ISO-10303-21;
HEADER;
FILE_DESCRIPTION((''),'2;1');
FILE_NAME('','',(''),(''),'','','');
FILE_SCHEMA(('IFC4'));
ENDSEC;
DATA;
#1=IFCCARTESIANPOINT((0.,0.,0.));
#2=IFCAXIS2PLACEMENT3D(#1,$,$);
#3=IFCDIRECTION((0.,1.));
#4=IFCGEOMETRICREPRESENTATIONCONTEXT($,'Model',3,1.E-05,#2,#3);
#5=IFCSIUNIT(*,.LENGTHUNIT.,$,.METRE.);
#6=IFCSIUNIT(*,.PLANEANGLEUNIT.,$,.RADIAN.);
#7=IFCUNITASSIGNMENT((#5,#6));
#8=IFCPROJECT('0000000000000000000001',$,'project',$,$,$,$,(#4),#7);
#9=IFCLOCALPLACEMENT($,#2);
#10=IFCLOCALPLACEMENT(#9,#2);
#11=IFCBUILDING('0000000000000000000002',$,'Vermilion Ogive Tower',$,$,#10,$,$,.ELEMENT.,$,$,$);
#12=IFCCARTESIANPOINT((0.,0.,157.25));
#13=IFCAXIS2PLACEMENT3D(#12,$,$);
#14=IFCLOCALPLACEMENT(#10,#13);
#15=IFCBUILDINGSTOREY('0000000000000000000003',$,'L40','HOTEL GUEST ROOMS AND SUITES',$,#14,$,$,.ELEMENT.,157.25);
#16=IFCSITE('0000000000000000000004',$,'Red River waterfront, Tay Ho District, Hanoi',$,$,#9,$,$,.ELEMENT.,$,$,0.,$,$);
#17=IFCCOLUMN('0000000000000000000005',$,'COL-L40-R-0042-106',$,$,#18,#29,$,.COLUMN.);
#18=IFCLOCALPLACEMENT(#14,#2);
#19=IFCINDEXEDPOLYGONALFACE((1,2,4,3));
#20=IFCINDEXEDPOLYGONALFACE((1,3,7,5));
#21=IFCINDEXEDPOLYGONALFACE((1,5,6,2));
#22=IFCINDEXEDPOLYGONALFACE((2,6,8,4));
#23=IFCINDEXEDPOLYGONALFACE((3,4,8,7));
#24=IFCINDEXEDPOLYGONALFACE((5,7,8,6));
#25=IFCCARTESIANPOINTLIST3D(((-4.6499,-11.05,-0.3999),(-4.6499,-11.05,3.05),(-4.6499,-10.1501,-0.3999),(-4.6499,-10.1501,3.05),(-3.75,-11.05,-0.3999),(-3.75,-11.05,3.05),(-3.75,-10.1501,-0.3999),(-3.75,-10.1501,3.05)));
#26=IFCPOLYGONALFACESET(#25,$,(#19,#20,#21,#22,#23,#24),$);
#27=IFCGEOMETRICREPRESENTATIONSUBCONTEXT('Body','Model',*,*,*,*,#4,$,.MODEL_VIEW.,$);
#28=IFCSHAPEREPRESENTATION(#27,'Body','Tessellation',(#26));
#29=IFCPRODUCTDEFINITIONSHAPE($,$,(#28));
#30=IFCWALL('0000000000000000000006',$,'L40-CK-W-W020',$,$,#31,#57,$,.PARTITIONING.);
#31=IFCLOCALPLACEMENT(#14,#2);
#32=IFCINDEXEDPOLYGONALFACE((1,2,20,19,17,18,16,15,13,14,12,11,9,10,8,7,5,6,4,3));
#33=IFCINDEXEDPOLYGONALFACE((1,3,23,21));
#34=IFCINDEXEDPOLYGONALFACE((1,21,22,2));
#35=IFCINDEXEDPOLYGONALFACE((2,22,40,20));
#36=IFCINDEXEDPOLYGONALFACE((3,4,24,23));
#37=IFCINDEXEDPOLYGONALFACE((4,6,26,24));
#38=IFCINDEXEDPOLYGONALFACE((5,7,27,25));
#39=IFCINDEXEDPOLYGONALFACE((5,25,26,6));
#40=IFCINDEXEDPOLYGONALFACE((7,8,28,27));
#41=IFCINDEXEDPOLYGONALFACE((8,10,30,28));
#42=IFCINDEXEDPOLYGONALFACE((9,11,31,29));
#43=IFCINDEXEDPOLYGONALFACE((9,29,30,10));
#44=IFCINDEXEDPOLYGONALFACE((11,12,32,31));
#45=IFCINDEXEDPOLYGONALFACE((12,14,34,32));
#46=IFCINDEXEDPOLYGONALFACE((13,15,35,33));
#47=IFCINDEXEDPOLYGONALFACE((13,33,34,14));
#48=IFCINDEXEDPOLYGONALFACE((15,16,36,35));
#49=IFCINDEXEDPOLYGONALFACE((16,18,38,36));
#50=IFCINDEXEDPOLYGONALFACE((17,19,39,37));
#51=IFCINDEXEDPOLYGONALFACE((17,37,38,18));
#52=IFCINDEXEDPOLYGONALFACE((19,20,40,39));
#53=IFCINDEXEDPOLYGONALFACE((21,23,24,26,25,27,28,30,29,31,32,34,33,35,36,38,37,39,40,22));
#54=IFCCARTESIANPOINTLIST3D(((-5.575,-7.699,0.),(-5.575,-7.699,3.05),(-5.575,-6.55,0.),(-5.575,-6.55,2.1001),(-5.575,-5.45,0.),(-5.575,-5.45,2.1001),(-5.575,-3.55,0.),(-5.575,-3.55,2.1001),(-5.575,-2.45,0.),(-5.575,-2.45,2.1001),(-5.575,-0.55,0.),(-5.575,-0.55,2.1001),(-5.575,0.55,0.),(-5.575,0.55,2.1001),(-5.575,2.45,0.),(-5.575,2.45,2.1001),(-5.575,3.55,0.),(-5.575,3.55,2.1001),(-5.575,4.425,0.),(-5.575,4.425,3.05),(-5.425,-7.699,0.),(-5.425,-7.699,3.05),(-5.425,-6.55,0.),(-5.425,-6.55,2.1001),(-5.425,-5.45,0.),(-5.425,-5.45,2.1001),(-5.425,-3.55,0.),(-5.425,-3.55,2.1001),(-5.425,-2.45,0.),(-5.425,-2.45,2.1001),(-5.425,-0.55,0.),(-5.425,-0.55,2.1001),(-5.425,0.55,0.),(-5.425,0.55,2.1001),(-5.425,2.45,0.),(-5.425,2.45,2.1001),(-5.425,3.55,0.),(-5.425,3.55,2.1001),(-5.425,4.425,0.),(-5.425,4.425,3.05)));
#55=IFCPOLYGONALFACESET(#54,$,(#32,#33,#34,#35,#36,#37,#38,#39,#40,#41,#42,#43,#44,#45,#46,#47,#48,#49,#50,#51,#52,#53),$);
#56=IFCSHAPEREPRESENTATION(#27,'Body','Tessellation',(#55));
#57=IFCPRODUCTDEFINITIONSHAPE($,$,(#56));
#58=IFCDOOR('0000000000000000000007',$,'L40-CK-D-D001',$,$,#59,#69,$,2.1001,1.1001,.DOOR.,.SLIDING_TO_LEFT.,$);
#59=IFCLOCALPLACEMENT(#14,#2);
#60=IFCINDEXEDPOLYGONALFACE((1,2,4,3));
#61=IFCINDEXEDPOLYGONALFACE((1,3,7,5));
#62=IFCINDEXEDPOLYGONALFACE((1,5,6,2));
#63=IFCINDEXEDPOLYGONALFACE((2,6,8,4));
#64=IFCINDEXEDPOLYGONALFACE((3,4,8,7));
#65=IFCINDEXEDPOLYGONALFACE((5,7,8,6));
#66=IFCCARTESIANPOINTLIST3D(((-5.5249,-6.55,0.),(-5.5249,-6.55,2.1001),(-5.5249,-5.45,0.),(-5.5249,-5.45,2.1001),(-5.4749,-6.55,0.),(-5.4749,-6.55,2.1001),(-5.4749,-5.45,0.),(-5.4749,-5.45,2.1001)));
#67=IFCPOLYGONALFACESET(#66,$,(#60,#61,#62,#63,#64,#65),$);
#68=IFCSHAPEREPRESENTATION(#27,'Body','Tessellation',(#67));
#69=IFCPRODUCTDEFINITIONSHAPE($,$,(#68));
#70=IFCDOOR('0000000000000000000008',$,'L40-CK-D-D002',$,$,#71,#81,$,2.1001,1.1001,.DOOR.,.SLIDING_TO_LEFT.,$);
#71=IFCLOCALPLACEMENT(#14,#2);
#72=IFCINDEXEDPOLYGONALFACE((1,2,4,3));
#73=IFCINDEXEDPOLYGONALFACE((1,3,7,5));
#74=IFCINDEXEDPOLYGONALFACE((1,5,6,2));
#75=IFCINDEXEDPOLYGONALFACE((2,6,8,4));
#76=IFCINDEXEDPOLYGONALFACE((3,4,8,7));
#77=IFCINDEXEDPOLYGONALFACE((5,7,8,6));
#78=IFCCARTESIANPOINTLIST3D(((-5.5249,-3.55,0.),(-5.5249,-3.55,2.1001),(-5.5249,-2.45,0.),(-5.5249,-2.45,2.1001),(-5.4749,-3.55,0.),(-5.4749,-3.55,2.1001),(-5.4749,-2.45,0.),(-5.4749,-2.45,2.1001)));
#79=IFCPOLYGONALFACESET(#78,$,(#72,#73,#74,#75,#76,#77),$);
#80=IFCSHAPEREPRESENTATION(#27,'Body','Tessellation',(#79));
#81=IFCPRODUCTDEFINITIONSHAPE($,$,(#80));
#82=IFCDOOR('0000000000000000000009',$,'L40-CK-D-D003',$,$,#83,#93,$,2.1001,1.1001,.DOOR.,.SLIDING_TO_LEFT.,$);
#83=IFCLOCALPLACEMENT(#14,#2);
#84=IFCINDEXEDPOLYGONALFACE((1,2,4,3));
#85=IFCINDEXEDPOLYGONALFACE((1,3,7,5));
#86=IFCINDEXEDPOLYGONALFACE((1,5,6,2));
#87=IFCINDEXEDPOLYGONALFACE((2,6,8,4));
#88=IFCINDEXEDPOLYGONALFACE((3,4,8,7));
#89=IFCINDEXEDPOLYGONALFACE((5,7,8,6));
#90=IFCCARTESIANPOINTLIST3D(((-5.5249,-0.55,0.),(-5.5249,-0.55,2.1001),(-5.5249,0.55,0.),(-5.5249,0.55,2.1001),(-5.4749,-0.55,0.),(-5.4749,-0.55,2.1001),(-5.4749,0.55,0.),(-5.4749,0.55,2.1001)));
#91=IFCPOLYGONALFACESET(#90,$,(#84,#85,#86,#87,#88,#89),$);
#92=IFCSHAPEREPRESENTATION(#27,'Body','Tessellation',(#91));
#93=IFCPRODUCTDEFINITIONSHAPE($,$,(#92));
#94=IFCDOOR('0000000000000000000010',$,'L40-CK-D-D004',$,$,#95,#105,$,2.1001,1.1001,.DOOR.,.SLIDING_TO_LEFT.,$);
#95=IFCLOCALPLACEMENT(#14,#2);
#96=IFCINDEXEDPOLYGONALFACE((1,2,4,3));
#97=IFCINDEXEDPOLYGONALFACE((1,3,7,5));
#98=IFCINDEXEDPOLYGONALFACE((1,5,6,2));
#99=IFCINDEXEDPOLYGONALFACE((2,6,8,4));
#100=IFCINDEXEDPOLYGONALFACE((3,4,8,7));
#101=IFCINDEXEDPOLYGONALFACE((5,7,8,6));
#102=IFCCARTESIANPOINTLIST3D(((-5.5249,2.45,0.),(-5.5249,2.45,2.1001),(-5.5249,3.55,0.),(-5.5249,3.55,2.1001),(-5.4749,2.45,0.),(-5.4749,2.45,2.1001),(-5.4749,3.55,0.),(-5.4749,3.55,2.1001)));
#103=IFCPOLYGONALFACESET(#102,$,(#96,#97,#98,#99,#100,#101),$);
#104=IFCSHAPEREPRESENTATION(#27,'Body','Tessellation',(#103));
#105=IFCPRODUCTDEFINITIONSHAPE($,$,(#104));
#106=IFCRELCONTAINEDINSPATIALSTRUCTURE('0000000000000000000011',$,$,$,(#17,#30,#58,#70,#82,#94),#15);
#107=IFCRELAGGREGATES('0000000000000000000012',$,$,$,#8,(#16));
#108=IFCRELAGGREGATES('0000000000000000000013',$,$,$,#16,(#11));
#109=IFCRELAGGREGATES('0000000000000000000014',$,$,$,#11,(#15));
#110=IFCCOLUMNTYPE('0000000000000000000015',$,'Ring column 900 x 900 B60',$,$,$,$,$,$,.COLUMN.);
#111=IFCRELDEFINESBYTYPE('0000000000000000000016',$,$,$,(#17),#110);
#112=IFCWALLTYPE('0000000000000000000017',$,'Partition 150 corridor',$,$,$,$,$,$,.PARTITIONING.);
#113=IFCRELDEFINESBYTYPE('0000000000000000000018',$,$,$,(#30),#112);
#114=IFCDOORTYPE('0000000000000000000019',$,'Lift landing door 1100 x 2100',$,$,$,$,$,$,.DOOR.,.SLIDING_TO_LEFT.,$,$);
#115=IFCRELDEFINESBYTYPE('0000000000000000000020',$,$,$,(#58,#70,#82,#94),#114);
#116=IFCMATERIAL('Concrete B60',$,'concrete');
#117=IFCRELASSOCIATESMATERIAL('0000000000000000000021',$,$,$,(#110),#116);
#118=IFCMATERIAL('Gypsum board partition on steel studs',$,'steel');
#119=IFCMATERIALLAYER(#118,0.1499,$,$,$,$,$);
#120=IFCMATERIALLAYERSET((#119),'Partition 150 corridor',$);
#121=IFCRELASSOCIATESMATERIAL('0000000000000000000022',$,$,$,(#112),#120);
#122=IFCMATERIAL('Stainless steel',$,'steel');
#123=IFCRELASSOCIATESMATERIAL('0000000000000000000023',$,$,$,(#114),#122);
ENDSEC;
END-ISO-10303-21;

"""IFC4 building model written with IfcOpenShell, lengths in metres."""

from ifc_helpers import new_model, si_unit, direction, frame, frame_2d, origin, origin_2d, place, context, subcontext, project, spatial, rectangle, extrude, material, layer, layer_set, material_profile, profile_set, type_object, element, fill, save


model = new_model("IFC4")

# Units and contexts
model_context = context("Model", 3, precision=1e-05, world=origin(), true_north=direction((0.0, 1.0)))
body_context = subcontext(model_context, "Body", "Model", "MODEL_VIEW")
ifc_project = project(units=[si_unit("LENGTHUNIT", "METRE"), si_unit("PLANEANGLEUNIT", "RADIAN")], contexts=[model_context])

# Site, building, storey
site_placement = place(None, origin())
site = spatial("IfcSite", under=ifc_project, at=site_placement, Name="Red River waterfront, Tay Ho District, Hanoi", CompositionType="ELEMENT", RefElevation=0.0)
building_placement = place(site_placement, origin())
building = spatial("IfcBuilding", under=site, at=building_placement, Name="Vermilion Ogive Tower", CompositionType="ELEMENT")
storey_placement = place(building_placement, frame((0.0, 0.0, 157.25)))
storey = spatial("IfcBuildingStorey", under=building, at=storey_placement, Name="L40", Description="HOTEL GUEST ROOMS AND SUITES", CompositionType="ELEMENT", Elevation=157.25)

# Column
ifc_material_1 = material(Name="Concrete B60", Category="concrete")
ifc_material_profile = material_profile(ifc_material_1, rectangle(XDim=0.8999, YDim=0.8999, at=origin_2d()), Name="900 x 900")
ifc_profile_set = profile_set([ifc_material_profile], Name="Concrete B60")
column_type = type_object("IfcColumnType", Name="Ring column 900 x 900 B60", PredefinedType="COLUMN", material=ifc_profile_set)
column_placement = place(storey_placement, frame((-4.2, -10.6001, -0.3999), z_axis=(0.0, 0.0, 1.0), x_axis=(1.0, 0.0, 0.0)))
element("IfcColumn", 1, at=column_placement, inside=storey, type_object=column_type, Name="COL-L40-R-0042-106", PredefinedType="COLUMN", context=body_context, shape_type="SweptSolid", body=[
    extrude(rectangle(XDim=0.8999, YDim=0.8999, at=origin_2d()), origin(), (0.0, 0.0, 1.0), 3.45),
])

# Wall, openings, doors
ifc_material_2 = material(Name="Gypsum board partition on steel studs", Category="steel")
ifc_layer_1 = layer(ifc_material_2, 0.1499)
ifc_layer_set_1 = layer_set([ifc_layer_1], Name="Partition 150 corridor")
wall_type_1 = type_object("IfcWallType", Name="Partition 150 corridor", PredefinedType="PARTITIONING", material=ifc_layer_set_1)
wall_1_placement = place(storey_placement, frame((-5.5, -7.699, 0.0), z_axis=(0.0, 0.0, 1.0), x_axis=(0.0, 1.0, 0.0)))
wall_1 = element("IfcWall", 2, at=wall_1_placement, inside=storey, type_object=wall_type_1, Name="L40-CK-W-W020", PredefinedType="PARTITIONING", context=body_context, shape_type="SweptSolid", body=[
    extrude(rectangle(XDim=12.124, YDim=0.1499, at=frame_2d((6.062, 0.0))), origin(), (0.0, 0.0, 1.0), 3.05),
])
opening_1_placement = place(wall_1_placement, frame((1.1489, 0.0, 0.0)))
opening_1 = element("IfcOpeningElement", 3, at=opening_1_placement, cuts=wall_1, PredefinedType="OPENING", context=body_context, shape_type="SweptSolid", body=[
    extrude(rectangle(XDim=1.1001, YDim=2.1001, at=frame_2d((0.55, 1.05))), frame((0.0, 0.085, 0.0), z_axis=(0.0, -1.0, 0.0), x_axis=(1.0, 0.0, 0.0)), (0.0, 0.0, 1.0), 0.1699),
])
opening_2_placement = place(wall_1_placement, frame((4.1489, 0.0, 0.0)))
opening_2 = element("IfcOpeningElement", 4, at=opening_2_placement, cuts=wall_1, PredefinedType="OPENING", context=body_context, shape_type="SweptSolid", body=[
    extrude(rectangle(XDim=1.1001, YDim=2.1001, at=frame_2d((0.55, 1.05))), frame((0.0, 0.085, 0.0), z_axis=(0.0, -1.0, 0.0), x_axis=(1.0, 0.0, 0.0)), (0.0, 0.0, 1.0), 0.1699),
])
opening_3_placement = place(wall_1_placement, frame((7.1489, 0.0, 0.0)))
opening_3 = element("IfcOpeningElement", 5, at=opening_3_placement, cuts=wall_1, PredefinedType="OPENING", context=body_context, shape_type="SweptSolid", body=[
    extrude(rectangle(XDim=1.1001, YDim=2.1001, at=frame_2d((0.55, 1.05))), frame((0.0, 0.085, 0.0), z_axis=(0.0, -1.0, 0.0), x_axis=(1.0, 0.0, 0.0)), (0.0, 0.0, 1.0), 0.1699),
])
opening_4_placement = place(wall_1_placement, frame((10.1489, 0.0, 0.0)))
opening_4 = element("IfcOpeningElement", 6, at=opening_4_placement, cuts=wall_1, PredefinedType="OPENING", context=body_context, shape_type="SweptSolid", body=[
    extrude(rectangle(XDim=1.1001, YDim=2.1001, at=frame_2d((0.55, 1.05))), frame((0.0, 0.085, 0.0), z_axis=(0.0, -1.0, 0.0), x_axis=(1.0, 0.0, 0.0)), (0.0, 0.0, 1.0), 0.1699),
])
ifc_material_3 = material(Name="Stainless steel", Category="steel")
door_type_1 = type_object("IfcDoorType", Name="Lift landing door 1100 x 2100", OperationType="SLIDING_TO_LEFT", PredefinedType="DOOR", material=ifc_material_3)
door_1_placement = place(opening_1_placement, origin())
door_1 = element("IfcDoor", 7, at=door_1_placement, inside=storey, type_object=door_type_1, Name="L40-CK-D-D001", OperationType="SLIDING_TO_LEFT", OverallHeight=2.1001, OverallWidth=1.1001, PredefinedType="DOOR", context=body_context, shape_type="SweptSolid", body=[
    extrude(rectangle(XDim=1.1001, YDim=2.1001, at=frame_2d((0.55, 1.05))), frame((0.0, 0.0249, 0.0), z_axis=(0.0, -1.0, 0.0), x_axis=(1.0, 0.0, 0.0)), (0.0, 0.0, 1.0), 0.05),
])
fill(opening_1, door_1)
door_2_placement = place(opening_2_placement, origin())
door_2 = element("IfcDoor", 8, at=door_2_placement, inside=storey, type_object=door_type_1, Name="L40-CK-D-D002", OperationType="SLIDING_TO_LEFT", OverallHeight=2.1001, OverallWidth=1.1001, PredefinedType="DOOR", context=body_context, shape_type="SweptSolid", body=[
    extrude(rectangle(XDim=1.1001, YDim=2.1001, at=frame_2d((0.55, 1.05))), frame((0.0, 0.0249, 0.0), z_axis=(0.0, -1.0, 0.0), x_axis=(1.0, 0.0, 0.0)), (0.0, 0.0, 1.0), 0.05),
])
fill(opening_2, door_2)
door_3_placement = place(opening_3_placement, origin())
door_3 = element("IfcDoor", 9, at=door_3_placement, inside=storey, type_object=door_type_1, Name="L40-CK-D-D003", OperationType="SLIDING_TO_LEFT", OverallHeight=2.1001, OverallWidth=1.1001, PredefinedType="DOOR", context=body_context, shape_type="SweptSolid", body=[
    extrude(rectangle(XDim=1.1001, YDim=2.1001, at=frame_2d((0.55, 1.05))), frame((0.0, 0.0249, 0.0), z_axis=(0.0, -1.0, 0.0), x_axis=(1.0, 0.0, 0.0)), (0.0, 0.0, 1.0), 0.05),
])
fill(opening_3, door_3)
door_4_placement = place(opening_4_placement, origin())
door_4 = element("IfcDoor", 10, at=door_4_placement, inside=storey, type_object=door_type_1, Name="L40-CK-D-D004", OperationType="SLIDING_TO_LEFT", OverallHeight=2.1001, OverallWidth=1.1001, PredefinedType="DOOR", context=body_context, shape_type="SweptSolid", body=[
    extrude(rectangle(XDim=1.1001, YDim=2.1001, at=frame_2d((0.55, 1.05))), frame((0.0, 0.0249, 0.0), z_axis=(0.0, -1.0, 0.0), x_axis=(1.0, 0.0, 0.0)), (0.0, 0.0, 1.0), 0.05),
])
fill(opening_4, door_4)

save(model, "model.ifc")
